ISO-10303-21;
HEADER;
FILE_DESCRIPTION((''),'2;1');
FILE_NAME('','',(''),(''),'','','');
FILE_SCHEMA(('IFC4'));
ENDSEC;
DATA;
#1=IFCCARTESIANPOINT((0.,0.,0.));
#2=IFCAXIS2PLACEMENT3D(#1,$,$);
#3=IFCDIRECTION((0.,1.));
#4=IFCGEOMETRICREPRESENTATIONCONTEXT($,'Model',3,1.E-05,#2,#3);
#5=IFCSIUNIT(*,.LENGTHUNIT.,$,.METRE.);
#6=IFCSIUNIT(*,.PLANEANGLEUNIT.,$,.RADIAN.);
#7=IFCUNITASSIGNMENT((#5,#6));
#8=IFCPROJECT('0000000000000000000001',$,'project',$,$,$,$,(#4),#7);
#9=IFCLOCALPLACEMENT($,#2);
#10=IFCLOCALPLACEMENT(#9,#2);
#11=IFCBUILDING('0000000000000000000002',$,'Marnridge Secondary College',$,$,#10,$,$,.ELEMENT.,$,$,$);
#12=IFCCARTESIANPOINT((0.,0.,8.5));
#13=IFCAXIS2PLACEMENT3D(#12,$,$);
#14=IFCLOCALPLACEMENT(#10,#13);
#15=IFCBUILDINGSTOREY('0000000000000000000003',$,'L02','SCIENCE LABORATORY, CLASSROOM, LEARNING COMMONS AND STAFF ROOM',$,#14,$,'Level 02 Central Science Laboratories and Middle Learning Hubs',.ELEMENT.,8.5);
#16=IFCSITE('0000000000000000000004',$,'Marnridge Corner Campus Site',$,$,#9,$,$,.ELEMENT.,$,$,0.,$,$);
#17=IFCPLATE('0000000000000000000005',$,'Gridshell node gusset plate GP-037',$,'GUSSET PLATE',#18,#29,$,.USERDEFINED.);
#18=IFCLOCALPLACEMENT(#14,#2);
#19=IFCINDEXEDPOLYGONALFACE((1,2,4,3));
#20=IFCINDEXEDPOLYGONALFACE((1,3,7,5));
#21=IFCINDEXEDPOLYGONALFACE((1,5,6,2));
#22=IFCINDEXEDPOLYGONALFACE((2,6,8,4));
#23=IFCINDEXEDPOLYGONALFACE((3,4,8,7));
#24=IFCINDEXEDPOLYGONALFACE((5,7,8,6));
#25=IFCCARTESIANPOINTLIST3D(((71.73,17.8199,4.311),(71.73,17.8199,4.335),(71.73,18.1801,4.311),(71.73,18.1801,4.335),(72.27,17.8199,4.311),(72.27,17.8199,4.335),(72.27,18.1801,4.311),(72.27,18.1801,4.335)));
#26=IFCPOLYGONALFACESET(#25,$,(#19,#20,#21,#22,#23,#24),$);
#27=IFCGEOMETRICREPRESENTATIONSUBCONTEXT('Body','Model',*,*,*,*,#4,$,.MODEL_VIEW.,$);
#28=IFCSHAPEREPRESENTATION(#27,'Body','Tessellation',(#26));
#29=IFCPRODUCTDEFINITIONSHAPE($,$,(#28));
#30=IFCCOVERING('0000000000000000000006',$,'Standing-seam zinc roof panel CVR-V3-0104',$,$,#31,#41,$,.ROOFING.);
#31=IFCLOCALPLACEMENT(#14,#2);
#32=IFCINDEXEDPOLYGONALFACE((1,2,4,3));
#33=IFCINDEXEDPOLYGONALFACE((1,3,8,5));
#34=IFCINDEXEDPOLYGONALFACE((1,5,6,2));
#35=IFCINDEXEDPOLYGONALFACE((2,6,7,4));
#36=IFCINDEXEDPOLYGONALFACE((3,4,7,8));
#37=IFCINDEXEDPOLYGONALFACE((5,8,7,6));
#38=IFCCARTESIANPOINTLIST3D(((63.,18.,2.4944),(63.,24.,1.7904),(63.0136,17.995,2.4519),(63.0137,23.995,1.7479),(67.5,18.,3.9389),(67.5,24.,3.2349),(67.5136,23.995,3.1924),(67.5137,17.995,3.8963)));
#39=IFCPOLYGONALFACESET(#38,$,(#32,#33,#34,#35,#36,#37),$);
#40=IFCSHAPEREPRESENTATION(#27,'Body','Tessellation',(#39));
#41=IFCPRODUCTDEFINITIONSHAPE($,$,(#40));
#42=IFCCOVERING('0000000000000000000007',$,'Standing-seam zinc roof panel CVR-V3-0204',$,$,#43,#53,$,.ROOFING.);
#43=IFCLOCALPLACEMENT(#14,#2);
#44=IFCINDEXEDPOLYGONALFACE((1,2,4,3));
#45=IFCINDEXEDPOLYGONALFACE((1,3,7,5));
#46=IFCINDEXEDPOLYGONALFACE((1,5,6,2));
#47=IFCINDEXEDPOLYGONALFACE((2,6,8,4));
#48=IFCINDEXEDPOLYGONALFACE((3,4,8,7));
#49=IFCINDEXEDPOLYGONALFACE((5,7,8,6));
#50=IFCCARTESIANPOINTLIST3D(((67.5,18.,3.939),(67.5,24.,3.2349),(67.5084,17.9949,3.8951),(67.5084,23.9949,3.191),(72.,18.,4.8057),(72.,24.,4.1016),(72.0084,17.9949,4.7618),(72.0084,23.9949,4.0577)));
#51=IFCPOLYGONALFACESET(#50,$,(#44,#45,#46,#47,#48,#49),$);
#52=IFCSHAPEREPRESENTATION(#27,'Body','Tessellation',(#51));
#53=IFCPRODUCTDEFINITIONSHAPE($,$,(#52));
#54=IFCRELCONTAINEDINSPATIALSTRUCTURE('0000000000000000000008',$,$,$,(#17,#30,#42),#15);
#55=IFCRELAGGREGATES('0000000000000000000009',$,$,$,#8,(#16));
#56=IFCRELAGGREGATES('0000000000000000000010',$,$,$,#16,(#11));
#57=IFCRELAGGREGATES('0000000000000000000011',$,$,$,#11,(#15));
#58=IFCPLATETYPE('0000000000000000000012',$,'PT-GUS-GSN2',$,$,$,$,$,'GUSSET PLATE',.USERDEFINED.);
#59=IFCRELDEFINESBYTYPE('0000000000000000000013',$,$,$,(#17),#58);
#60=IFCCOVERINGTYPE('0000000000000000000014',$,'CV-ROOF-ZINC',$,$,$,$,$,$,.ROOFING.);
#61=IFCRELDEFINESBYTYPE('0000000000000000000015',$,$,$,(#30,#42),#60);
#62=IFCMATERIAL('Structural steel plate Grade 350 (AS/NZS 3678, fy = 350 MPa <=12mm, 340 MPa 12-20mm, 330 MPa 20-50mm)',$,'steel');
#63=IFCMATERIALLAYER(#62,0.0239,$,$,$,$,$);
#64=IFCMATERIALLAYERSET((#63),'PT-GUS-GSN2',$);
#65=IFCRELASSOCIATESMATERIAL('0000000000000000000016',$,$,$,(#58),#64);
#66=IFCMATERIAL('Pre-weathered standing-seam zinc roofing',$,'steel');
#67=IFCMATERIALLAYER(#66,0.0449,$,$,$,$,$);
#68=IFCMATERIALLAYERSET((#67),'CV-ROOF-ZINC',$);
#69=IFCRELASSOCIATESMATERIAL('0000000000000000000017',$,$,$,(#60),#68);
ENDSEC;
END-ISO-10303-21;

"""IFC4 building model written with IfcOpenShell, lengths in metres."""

from ifc_helpers import new_model, si_unit, direction, frame, origin, origin_2d, place, context, subcontext, project, spatial, polyline, rectangle, outline, extrude, material, layer, layer_set, type_object, element, save


model = new_model("IFC4")

# Units and contexts
model_context = context("Model", 3, precision=1e-05, world=origin(), true_north=direction((0.0, 1.0)))
body_context = subcontext(model_context, "Body", "Model", "MODEL_VIEW")
ifc_project = project(units=[si_unit("LENGTHUNIT", "METRE"), si_unit("PLANEANGLEUNIT", "RADIAN")], contexts=[model_context])

# Site, building, storey
site_placement = place(None, origin())
site = spatial("IfcSite", under=ifc_project, at=site_placement, Name="Marnridge Corner Campus Site", CompositionType="ELEMENT", RefElevation=0.0)
building_placement = place(site_placement, origin())
building = spatial("IfcBuilding", under=site, at=building_placement, Name="Marnridge Secondary College", CompositionType="ELEMENT")
storey_placement = place(building_placement, frame((0.0, 0.0, 8.5)))
storey = spatial("IfcBuildingStorey", under=building, at=storey_placement, Name="L02", Description="SCIENCE LABORATORY, CLASSROOM, LEARNING COMMONS AND STAFF ROOM", LongName="Level 02 Central Science Laboratories and Middle Learning Hubs", CompositionType="ELEMENT", Elevation=8.5)

# Plate
ifc_material_1 = material(Name="Structural steel plate Grade 350 (AS/NZS 3678, fy = 350 MPa <=12mm, 340 MPa 12-20mm, 330 MPa 20-50mm)", Category="steel")
ifc_layer_1 = layer(ifc_material_1, 0.0239)
ifc_layer_set_1 = layer_set([ifc_layer_1], Name="PT-GUS-GSN2")
plate_type_1 = type_object("IfcPlateType", Name="PT-GUS-GSN2", ElementType="GUSSET PLATE", PredefinedType="USERDEFINED", material=ifc_layer_set_1)
for number, where, z_axis, x_axis, name in (
    (1, (72.0, 18.0, 4.311), (0.0, 0.0, 1.0), (1.0, 0.0, 0.0), "Gridshell node gusset plate GP-037"),
):
    element("IfcPlate", number, at=place(storey_placement, frame(where, z_axis=z_axis, x_axis=x_axis)), inside=storey, type_object=plate_type_1, Name=name, ObjectType="GUSSET PLATE", PredefinedType="USERDEFINED", context=body_context, shape_type="SweptSolid", body=[
        extrude(rectangle(XDim=0.54, YDim=0.3601, at=origin_2d()), origin(), (0.0, 0.0, 1.0), 0.0239),
    ])

# Coverings
ifc_material_2 = material(Name="Pre-weathered standing-seam zinc roofing", Category="steel")
ifc_layer_2 = layer(ifc_material_2, 0.0449)
ifc_layer_set_2 = layer_set([ifc_layer_2], Name="CV-ROOF-ZINC")
covering_type = type_object("IfcCoveringType", Name="CV-ROOF-ZINC", PredefinedType="ROOFING", material=ifc_layer_set_2)
covering_1_placement = place(storey_placement, frame((63.0, 18.0, 2.4944), z_axis=(-0.303742, 0.111025, 0.946263), x_axis=(0.95215, -0.000003, 0.305632)))
element("IfcCovering", 2, at=covering_1_placement, inside=storey, type_object=covering_type, Name="Standing-seam zinc roof panel CVR-V3-0104", PredefinedType="ROOFING", context=body_context, shape_type="SweptSolid", body=[
    extrude(outline(polyline([(0.0, 0.0), (4.7262, 0.0), (4.511, 6.0373), (-0.2151, 6.0373), (0.0, 0.0)])), origin(), (0.0, 0.0, -1.0), 0.0449),
])
covering_2_placement = place(storey_placement, frame((67.5, 18.0, 3.939), z_axis=(-0.187881, 0.114475, 0.975498), x_axis=(0.981953, 0.0, 0.189124)))
element("IfcCovering", 3, at=covering_2_placement, inside=storey, type_object=covering_type, Name="Standing-seam zinc roof panel CVR-V3-0204", PredefinedType="ROOFING", context=body_context, shape_type="SweptSolid", body=[
    extrude(outline(polyline([(0.0, 0.0), (4.5827, 0.0), (4.4495, 6.0397), (-0.1332, 6.0397), (0.0, 0.0)])), origin(), (0.0, 0.0, -1.0), 0.0449),
])

save(model, "model.ifc")
